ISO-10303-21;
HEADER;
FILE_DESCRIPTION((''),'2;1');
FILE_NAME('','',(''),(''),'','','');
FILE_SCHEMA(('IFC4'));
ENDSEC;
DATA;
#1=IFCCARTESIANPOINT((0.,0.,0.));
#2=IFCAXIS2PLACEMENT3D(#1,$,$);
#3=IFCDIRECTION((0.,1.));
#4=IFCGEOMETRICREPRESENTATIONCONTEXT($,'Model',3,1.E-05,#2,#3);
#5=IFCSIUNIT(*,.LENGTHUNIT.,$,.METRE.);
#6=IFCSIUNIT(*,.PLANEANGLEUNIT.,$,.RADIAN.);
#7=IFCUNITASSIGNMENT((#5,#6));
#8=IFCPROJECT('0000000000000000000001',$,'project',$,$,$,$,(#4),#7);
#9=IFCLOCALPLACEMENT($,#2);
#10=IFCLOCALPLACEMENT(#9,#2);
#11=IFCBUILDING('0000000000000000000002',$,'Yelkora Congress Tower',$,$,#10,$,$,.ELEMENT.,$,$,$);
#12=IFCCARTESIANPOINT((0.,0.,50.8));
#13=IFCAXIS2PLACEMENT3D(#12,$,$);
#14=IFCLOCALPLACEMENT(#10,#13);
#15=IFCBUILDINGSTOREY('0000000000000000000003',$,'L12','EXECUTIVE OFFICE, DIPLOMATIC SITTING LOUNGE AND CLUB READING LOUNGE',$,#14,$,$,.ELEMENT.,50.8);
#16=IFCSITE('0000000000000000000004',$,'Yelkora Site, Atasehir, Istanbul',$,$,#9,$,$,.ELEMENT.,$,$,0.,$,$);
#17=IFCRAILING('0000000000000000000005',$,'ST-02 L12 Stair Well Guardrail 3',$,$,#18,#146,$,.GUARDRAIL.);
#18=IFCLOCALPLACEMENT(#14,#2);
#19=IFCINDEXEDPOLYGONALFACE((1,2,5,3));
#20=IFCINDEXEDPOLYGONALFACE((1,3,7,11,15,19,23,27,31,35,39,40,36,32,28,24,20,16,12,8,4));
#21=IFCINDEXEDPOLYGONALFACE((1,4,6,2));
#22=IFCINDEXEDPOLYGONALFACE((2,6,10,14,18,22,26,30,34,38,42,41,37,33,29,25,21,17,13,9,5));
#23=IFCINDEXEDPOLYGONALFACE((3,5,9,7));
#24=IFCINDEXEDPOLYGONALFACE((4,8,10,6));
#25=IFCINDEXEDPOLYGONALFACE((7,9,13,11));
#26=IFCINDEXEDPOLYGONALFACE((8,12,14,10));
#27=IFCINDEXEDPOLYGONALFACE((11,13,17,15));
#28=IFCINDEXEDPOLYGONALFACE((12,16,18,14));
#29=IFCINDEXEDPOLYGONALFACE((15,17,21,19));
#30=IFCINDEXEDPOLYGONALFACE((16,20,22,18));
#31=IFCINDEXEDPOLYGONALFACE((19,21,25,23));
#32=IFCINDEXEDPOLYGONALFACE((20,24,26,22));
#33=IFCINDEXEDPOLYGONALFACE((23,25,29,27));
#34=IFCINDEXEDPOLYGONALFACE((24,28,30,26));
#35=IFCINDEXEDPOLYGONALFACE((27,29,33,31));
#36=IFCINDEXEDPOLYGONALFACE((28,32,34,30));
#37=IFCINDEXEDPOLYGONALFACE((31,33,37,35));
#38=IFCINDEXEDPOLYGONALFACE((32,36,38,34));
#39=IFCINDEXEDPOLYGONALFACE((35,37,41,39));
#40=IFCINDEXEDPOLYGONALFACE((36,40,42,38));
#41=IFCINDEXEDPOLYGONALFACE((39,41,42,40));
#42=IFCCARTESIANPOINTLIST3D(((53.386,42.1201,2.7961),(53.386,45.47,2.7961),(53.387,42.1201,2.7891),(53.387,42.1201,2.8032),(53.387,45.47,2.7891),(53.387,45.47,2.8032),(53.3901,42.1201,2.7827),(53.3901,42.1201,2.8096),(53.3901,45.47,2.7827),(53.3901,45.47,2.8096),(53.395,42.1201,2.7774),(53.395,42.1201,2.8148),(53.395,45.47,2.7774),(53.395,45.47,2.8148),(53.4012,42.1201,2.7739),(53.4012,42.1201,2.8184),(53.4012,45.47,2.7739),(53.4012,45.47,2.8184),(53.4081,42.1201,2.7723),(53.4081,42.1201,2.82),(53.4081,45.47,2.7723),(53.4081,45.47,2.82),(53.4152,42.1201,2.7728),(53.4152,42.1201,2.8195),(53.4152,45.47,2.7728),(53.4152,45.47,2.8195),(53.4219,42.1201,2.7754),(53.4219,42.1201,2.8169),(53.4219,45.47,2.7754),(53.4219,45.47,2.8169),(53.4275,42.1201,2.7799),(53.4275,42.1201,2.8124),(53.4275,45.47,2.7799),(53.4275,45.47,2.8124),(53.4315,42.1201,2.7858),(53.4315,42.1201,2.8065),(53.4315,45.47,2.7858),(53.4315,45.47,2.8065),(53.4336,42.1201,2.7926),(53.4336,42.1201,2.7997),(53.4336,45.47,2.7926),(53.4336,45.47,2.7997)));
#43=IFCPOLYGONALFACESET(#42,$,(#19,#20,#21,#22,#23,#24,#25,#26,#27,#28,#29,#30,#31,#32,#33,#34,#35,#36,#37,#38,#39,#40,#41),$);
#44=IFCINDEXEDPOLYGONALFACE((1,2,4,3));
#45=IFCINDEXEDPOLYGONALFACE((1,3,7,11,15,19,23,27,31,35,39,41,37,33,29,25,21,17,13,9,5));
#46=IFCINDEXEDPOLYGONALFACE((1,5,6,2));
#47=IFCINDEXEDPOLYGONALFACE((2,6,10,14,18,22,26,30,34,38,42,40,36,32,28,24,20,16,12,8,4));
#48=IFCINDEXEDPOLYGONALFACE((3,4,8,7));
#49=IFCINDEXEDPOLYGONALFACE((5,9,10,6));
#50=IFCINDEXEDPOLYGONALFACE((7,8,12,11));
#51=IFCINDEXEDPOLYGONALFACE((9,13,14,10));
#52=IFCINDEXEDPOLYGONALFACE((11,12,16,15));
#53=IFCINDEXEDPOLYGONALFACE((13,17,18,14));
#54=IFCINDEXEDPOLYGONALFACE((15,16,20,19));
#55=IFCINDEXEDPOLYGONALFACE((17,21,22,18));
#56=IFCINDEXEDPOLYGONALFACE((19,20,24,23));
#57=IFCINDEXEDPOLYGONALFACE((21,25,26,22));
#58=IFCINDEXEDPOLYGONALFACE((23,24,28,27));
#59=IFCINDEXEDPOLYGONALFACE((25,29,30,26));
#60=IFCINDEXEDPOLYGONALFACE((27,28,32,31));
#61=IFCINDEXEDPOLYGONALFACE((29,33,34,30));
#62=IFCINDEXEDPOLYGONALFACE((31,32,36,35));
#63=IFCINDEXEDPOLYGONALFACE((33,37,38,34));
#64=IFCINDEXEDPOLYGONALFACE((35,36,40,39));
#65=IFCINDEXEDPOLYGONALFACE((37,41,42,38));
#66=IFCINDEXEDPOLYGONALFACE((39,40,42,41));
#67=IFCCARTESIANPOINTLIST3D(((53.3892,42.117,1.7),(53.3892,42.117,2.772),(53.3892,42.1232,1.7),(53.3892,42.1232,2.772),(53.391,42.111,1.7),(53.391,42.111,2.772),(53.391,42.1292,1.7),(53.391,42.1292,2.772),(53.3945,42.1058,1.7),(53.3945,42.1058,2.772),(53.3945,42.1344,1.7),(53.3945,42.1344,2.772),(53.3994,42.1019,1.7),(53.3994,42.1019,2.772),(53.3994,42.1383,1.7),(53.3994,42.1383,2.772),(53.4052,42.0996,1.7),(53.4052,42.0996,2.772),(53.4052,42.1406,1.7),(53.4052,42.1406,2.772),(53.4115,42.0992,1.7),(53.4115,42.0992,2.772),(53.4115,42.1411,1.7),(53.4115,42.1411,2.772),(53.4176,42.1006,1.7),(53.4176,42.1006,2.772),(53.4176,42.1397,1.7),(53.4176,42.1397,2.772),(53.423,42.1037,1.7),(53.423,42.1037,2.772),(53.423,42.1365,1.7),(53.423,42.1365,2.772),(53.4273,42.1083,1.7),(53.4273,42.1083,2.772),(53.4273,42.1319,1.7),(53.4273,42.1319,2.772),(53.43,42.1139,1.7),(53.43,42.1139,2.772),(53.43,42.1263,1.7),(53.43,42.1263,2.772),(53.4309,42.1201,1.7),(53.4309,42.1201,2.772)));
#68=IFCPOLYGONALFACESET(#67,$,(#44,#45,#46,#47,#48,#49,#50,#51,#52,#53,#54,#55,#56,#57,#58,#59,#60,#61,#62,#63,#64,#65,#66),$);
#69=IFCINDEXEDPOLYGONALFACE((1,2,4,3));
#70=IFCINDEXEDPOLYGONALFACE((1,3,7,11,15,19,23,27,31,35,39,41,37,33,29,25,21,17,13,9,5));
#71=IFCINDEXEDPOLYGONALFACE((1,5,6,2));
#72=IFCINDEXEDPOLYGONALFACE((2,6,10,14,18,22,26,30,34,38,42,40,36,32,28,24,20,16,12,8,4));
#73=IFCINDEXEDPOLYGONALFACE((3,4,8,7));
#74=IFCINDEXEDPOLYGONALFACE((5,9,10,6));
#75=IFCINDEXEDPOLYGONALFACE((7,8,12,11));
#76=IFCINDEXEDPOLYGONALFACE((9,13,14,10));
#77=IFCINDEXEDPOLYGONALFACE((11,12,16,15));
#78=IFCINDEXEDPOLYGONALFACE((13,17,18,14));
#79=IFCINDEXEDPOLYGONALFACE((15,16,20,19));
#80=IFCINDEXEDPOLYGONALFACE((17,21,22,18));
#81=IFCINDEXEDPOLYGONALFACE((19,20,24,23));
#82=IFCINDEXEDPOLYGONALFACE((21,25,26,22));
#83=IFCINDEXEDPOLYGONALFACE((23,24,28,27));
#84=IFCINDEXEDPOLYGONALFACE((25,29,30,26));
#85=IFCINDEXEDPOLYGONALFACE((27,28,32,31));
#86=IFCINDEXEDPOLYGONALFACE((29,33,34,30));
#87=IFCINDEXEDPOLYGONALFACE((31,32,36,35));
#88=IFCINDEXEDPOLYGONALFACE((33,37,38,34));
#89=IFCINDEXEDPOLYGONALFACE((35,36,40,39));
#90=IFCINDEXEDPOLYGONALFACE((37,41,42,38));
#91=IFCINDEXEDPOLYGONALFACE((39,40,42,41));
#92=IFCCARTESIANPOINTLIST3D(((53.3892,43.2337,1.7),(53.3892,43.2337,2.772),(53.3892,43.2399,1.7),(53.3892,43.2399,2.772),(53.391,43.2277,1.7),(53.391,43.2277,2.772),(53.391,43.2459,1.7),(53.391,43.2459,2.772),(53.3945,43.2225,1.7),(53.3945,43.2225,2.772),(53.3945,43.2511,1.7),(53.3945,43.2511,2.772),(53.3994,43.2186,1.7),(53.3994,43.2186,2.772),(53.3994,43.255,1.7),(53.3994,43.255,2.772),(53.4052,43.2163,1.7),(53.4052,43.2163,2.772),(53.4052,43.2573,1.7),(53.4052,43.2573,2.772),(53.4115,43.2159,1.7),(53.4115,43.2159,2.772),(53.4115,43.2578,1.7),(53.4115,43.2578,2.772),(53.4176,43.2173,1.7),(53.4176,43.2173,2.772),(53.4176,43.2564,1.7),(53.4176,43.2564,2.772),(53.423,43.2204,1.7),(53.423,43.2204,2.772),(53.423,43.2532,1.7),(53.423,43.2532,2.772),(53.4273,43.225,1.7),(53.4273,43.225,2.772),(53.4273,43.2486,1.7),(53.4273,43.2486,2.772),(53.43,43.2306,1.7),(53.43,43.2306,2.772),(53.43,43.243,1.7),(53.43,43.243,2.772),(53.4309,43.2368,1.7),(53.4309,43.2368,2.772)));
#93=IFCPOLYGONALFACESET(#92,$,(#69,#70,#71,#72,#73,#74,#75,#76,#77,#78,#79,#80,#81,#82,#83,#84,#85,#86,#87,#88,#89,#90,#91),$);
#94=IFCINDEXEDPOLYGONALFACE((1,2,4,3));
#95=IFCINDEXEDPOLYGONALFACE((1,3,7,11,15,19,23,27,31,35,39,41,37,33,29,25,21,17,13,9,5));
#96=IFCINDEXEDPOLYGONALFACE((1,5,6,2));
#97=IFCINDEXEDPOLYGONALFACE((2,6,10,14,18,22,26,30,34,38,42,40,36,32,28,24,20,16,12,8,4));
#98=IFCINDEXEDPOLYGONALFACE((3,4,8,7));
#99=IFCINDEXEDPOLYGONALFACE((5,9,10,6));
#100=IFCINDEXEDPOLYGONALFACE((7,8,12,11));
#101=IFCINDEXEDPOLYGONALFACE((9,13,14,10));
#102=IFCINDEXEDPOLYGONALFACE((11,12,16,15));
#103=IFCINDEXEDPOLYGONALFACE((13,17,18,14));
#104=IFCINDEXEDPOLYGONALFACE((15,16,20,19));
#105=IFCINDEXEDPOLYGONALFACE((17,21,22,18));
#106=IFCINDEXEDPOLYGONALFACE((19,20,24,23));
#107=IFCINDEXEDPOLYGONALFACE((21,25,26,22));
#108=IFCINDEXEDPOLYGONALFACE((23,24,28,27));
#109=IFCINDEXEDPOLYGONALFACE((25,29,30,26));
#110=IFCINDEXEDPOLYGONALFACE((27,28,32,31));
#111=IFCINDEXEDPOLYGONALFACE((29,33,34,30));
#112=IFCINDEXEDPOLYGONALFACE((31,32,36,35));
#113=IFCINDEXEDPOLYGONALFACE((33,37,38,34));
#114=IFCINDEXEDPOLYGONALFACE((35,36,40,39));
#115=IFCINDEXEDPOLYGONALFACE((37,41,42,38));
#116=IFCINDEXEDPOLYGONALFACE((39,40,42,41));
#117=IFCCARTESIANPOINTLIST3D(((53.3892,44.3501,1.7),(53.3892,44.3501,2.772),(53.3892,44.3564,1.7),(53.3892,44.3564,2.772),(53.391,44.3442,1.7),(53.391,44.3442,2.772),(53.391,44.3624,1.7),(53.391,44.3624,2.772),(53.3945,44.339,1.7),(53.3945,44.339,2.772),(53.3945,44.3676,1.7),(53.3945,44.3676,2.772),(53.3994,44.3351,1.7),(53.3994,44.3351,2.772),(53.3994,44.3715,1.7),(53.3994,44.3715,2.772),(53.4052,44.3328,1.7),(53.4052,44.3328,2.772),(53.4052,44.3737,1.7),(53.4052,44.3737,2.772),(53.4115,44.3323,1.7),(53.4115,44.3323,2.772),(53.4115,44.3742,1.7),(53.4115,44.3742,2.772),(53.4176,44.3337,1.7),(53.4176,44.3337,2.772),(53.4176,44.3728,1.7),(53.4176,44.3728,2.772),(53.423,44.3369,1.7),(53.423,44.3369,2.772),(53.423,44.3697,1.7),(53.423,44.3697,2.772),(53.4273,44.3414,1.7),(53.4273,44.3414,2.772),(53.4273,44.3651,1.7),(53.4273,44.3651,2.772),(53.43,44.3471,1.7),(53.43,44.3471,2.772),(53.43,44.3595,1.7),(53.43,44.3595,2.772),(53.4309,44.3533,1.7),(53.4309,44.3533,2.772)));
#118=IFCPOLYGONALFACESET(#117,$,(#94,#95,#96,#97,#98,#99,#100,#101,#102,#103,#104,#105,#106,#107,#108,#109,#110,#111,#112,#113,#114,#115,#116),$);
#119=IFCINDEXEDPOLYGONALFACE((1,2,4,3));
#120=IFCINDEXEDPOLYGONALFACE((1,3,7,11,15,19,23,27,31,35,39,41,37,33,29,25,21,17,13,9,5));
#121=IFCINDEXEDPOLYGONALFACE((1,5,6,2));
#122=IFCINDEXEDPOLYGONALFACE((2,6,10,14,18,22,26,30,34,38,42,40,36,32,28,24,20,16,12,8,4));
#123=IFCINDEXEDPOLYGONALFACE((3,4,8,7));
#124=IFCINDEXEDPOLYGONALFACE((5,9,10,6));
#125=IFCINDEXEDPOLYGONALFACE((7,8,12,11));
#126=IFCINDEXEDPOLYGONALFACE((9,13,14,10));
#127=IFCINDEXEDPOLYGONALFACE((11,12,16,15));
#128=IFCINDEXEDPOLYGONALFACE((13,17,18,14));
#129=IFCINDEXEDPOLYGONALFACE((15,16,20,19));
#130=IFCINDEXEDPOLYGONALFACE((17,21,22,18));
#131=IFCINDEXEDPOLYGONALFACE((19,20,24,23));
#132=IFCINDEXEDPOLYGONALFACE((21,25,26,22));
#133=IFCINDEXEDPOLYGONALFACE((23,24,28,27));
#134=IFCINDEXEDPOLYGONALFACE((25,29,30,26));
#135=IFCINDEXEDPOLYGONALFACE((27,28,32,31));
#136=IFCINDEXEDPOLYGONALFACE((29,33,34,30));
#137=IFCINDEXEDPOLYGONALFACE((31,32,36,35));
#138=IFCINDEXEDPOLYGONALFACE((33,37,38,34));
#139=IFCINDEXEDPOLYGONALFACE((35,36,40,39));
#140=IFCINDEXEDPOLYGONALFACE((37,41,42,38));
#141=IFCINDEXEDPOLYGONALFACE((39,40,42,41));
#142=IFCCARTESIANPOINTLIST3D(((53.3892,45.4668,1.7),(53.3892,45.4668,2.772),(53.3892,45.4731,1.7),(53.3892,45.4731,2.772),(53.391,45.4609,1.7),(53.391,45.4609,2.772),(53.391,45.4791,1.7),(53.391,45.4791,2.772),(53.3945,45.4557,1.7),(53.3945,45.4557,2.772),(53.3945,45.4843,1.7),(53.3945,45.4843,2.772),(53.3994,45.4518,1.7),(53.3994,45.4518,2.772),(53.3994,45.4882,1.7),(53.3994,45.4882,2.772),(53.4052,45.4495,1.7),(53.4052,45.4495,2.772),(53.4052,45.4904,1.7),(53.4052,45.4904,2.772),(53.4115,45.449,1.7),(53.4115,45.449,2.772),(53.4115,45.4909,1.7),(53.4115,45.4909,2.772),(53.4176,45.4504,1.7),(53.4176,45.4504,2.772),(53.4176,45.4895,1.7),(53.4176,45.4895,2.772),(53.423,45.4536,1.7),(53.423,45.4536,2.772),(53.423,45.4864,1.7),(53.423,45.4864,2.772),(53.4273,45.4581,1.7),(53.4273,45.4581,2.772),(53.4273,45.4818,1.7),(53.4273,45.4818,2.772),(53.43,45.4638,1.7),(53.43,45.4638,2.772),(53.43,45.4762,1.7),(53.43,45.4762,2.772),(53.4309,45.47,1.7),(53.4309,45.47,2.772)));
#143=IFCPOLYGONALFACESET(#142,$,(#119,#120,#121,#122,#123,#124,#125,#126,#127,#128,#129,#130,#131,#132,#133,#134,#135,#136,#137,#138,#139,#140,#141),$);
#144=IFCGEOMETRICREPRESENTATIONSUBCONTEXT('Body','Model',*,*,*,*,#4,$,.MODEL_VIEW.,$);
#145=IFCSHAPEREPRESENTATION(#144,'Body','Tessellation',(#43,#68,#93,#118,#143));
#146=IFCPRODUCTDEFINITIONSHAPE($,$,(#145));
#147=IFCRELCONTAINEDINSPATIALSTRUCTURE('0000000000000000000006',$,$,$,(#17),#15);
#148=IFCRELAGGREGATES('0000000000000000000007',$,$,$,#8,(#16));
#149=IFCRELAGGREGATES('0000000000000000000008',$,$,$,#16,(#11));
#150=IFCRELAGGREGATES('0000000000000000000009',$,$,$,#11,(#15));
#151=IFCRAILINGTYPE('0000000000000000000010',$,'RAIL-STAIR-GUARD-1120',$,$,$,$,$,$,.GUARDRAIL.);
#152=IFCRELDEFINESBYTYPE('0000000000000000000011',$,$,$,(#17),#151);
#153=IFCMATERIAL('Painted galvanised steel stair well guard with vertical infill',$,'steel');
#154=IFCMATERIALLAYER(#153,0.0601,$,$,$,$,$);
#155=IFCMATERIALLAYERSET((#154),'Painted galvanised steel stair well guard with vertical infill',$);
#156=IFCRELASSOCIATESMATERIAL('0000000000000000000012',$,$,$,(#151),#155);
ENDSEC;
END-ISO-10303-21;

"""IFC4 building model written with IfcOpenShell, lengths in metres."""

from ifc_helpers import new_model, si_unit, direction, frame, origin, origin_2d, place, context, subcontext, project, spatial, circle, extrude, material, layer, layer_set, type_object, element, save


model = new_model("IFC4")

# Units and contexts
model_context = context("Model", 3, precision=1e-05, world=origin(), true_north=direction((0.0, 1.0)))
body_context = subcontext(model_context, "Body", "Model", "MODEL_VIEW")
ifc_project = project(units=[si_unit("LENGTHUNIT", "METRE"), si_unit("PLANEANGLEUNIT", "RADIAN")], contexts=[model_context])

# Site, building, storey
site_placement = place(None, origin())
site = spatial("IfcSite", under=ifc_project, at=site_placement, Name="Yelkora Site, Atasehir, Istanbul", CompositionType="ELEMENT", RefElevation=0.0)
building_placement = place(site_placement, origin())
building = spatial("IfcBuilding", under=site, at=building_placement, Name="Yelkora Congress Tower", CompositionType="ELEMENT")
storey_placement = place(building_placement, frame((0.0, 0.0, 50.8)))
storey = spatial("IfcBuildingStorey", under=building, at=storey_placement, Name="L12", Description="EXECUTIVE OFFICE, DIPLOMATIC SITTING LOUNGE AND CLUB READING LOUNGE", CompositionType="ELEMENT", Elevation=50.8)

# Railing
ifc_material_1 = material(Name="Painted galvanised steel stair well guard with vertical infill", Category="steel")
ifc_layer_1 = layer(ifc_material_1, 0.0601)
ifc_layer_set_1 = layer_set([ifc_layer_1], Name="Painted galvanised steel stair well guard with vertical infill")
railing_type_1 = type_object("IfcRailingType", Name="RAIL-STAIR-GUARD-1120", PredefinedType="GUARDRAIL", material=ifc_layer_set_1)
railing_1_placement = place(storey_placement, frame((53.4099, 42.1201, 1.7)))
element("IfcRailing", 1, at=railing_1_placement, inside=storey, type_object=railing_type_1, Name="ST-02 L12 Stair Well Guardrail 3", PredefinedType="GUARDRAIL", context=body_context, shape_type="SweptSolid", body=[
    extrude(circle(Radius=0.0239, at=origin_2d()), frame((0.0, 0.0, 1.0962), z_axis=(0.0, 1.0, 0.0), x_axis=(-1.0, 0.0, 0.0)), (0.0, 0.0, 1.0), 3.3499),
    extrude(circle(Radius=0.021, at=origin_2d()), origin(), (0.0, 0.0, 1.0), 1.072),
    extrude(circle(Radius=0.021, at=origin_2d()), frame((0.0, 1.1167, 0.0)), (0.0, 0.0, 1.0), 1.072),
    extrude(circle(Radius=0.021, at=origin_2d()), frame((0.0, 2.2332, 0.0)), (0.0, 0.0, 1.0), 1.072),
    extrude(circle(Radius=0.021, at=origin_2d()), frame((0.0, 3.3499, 0.0)), (0.0, 0.0, 1.0), 1.072),
])

save(model, "model.ifc")
